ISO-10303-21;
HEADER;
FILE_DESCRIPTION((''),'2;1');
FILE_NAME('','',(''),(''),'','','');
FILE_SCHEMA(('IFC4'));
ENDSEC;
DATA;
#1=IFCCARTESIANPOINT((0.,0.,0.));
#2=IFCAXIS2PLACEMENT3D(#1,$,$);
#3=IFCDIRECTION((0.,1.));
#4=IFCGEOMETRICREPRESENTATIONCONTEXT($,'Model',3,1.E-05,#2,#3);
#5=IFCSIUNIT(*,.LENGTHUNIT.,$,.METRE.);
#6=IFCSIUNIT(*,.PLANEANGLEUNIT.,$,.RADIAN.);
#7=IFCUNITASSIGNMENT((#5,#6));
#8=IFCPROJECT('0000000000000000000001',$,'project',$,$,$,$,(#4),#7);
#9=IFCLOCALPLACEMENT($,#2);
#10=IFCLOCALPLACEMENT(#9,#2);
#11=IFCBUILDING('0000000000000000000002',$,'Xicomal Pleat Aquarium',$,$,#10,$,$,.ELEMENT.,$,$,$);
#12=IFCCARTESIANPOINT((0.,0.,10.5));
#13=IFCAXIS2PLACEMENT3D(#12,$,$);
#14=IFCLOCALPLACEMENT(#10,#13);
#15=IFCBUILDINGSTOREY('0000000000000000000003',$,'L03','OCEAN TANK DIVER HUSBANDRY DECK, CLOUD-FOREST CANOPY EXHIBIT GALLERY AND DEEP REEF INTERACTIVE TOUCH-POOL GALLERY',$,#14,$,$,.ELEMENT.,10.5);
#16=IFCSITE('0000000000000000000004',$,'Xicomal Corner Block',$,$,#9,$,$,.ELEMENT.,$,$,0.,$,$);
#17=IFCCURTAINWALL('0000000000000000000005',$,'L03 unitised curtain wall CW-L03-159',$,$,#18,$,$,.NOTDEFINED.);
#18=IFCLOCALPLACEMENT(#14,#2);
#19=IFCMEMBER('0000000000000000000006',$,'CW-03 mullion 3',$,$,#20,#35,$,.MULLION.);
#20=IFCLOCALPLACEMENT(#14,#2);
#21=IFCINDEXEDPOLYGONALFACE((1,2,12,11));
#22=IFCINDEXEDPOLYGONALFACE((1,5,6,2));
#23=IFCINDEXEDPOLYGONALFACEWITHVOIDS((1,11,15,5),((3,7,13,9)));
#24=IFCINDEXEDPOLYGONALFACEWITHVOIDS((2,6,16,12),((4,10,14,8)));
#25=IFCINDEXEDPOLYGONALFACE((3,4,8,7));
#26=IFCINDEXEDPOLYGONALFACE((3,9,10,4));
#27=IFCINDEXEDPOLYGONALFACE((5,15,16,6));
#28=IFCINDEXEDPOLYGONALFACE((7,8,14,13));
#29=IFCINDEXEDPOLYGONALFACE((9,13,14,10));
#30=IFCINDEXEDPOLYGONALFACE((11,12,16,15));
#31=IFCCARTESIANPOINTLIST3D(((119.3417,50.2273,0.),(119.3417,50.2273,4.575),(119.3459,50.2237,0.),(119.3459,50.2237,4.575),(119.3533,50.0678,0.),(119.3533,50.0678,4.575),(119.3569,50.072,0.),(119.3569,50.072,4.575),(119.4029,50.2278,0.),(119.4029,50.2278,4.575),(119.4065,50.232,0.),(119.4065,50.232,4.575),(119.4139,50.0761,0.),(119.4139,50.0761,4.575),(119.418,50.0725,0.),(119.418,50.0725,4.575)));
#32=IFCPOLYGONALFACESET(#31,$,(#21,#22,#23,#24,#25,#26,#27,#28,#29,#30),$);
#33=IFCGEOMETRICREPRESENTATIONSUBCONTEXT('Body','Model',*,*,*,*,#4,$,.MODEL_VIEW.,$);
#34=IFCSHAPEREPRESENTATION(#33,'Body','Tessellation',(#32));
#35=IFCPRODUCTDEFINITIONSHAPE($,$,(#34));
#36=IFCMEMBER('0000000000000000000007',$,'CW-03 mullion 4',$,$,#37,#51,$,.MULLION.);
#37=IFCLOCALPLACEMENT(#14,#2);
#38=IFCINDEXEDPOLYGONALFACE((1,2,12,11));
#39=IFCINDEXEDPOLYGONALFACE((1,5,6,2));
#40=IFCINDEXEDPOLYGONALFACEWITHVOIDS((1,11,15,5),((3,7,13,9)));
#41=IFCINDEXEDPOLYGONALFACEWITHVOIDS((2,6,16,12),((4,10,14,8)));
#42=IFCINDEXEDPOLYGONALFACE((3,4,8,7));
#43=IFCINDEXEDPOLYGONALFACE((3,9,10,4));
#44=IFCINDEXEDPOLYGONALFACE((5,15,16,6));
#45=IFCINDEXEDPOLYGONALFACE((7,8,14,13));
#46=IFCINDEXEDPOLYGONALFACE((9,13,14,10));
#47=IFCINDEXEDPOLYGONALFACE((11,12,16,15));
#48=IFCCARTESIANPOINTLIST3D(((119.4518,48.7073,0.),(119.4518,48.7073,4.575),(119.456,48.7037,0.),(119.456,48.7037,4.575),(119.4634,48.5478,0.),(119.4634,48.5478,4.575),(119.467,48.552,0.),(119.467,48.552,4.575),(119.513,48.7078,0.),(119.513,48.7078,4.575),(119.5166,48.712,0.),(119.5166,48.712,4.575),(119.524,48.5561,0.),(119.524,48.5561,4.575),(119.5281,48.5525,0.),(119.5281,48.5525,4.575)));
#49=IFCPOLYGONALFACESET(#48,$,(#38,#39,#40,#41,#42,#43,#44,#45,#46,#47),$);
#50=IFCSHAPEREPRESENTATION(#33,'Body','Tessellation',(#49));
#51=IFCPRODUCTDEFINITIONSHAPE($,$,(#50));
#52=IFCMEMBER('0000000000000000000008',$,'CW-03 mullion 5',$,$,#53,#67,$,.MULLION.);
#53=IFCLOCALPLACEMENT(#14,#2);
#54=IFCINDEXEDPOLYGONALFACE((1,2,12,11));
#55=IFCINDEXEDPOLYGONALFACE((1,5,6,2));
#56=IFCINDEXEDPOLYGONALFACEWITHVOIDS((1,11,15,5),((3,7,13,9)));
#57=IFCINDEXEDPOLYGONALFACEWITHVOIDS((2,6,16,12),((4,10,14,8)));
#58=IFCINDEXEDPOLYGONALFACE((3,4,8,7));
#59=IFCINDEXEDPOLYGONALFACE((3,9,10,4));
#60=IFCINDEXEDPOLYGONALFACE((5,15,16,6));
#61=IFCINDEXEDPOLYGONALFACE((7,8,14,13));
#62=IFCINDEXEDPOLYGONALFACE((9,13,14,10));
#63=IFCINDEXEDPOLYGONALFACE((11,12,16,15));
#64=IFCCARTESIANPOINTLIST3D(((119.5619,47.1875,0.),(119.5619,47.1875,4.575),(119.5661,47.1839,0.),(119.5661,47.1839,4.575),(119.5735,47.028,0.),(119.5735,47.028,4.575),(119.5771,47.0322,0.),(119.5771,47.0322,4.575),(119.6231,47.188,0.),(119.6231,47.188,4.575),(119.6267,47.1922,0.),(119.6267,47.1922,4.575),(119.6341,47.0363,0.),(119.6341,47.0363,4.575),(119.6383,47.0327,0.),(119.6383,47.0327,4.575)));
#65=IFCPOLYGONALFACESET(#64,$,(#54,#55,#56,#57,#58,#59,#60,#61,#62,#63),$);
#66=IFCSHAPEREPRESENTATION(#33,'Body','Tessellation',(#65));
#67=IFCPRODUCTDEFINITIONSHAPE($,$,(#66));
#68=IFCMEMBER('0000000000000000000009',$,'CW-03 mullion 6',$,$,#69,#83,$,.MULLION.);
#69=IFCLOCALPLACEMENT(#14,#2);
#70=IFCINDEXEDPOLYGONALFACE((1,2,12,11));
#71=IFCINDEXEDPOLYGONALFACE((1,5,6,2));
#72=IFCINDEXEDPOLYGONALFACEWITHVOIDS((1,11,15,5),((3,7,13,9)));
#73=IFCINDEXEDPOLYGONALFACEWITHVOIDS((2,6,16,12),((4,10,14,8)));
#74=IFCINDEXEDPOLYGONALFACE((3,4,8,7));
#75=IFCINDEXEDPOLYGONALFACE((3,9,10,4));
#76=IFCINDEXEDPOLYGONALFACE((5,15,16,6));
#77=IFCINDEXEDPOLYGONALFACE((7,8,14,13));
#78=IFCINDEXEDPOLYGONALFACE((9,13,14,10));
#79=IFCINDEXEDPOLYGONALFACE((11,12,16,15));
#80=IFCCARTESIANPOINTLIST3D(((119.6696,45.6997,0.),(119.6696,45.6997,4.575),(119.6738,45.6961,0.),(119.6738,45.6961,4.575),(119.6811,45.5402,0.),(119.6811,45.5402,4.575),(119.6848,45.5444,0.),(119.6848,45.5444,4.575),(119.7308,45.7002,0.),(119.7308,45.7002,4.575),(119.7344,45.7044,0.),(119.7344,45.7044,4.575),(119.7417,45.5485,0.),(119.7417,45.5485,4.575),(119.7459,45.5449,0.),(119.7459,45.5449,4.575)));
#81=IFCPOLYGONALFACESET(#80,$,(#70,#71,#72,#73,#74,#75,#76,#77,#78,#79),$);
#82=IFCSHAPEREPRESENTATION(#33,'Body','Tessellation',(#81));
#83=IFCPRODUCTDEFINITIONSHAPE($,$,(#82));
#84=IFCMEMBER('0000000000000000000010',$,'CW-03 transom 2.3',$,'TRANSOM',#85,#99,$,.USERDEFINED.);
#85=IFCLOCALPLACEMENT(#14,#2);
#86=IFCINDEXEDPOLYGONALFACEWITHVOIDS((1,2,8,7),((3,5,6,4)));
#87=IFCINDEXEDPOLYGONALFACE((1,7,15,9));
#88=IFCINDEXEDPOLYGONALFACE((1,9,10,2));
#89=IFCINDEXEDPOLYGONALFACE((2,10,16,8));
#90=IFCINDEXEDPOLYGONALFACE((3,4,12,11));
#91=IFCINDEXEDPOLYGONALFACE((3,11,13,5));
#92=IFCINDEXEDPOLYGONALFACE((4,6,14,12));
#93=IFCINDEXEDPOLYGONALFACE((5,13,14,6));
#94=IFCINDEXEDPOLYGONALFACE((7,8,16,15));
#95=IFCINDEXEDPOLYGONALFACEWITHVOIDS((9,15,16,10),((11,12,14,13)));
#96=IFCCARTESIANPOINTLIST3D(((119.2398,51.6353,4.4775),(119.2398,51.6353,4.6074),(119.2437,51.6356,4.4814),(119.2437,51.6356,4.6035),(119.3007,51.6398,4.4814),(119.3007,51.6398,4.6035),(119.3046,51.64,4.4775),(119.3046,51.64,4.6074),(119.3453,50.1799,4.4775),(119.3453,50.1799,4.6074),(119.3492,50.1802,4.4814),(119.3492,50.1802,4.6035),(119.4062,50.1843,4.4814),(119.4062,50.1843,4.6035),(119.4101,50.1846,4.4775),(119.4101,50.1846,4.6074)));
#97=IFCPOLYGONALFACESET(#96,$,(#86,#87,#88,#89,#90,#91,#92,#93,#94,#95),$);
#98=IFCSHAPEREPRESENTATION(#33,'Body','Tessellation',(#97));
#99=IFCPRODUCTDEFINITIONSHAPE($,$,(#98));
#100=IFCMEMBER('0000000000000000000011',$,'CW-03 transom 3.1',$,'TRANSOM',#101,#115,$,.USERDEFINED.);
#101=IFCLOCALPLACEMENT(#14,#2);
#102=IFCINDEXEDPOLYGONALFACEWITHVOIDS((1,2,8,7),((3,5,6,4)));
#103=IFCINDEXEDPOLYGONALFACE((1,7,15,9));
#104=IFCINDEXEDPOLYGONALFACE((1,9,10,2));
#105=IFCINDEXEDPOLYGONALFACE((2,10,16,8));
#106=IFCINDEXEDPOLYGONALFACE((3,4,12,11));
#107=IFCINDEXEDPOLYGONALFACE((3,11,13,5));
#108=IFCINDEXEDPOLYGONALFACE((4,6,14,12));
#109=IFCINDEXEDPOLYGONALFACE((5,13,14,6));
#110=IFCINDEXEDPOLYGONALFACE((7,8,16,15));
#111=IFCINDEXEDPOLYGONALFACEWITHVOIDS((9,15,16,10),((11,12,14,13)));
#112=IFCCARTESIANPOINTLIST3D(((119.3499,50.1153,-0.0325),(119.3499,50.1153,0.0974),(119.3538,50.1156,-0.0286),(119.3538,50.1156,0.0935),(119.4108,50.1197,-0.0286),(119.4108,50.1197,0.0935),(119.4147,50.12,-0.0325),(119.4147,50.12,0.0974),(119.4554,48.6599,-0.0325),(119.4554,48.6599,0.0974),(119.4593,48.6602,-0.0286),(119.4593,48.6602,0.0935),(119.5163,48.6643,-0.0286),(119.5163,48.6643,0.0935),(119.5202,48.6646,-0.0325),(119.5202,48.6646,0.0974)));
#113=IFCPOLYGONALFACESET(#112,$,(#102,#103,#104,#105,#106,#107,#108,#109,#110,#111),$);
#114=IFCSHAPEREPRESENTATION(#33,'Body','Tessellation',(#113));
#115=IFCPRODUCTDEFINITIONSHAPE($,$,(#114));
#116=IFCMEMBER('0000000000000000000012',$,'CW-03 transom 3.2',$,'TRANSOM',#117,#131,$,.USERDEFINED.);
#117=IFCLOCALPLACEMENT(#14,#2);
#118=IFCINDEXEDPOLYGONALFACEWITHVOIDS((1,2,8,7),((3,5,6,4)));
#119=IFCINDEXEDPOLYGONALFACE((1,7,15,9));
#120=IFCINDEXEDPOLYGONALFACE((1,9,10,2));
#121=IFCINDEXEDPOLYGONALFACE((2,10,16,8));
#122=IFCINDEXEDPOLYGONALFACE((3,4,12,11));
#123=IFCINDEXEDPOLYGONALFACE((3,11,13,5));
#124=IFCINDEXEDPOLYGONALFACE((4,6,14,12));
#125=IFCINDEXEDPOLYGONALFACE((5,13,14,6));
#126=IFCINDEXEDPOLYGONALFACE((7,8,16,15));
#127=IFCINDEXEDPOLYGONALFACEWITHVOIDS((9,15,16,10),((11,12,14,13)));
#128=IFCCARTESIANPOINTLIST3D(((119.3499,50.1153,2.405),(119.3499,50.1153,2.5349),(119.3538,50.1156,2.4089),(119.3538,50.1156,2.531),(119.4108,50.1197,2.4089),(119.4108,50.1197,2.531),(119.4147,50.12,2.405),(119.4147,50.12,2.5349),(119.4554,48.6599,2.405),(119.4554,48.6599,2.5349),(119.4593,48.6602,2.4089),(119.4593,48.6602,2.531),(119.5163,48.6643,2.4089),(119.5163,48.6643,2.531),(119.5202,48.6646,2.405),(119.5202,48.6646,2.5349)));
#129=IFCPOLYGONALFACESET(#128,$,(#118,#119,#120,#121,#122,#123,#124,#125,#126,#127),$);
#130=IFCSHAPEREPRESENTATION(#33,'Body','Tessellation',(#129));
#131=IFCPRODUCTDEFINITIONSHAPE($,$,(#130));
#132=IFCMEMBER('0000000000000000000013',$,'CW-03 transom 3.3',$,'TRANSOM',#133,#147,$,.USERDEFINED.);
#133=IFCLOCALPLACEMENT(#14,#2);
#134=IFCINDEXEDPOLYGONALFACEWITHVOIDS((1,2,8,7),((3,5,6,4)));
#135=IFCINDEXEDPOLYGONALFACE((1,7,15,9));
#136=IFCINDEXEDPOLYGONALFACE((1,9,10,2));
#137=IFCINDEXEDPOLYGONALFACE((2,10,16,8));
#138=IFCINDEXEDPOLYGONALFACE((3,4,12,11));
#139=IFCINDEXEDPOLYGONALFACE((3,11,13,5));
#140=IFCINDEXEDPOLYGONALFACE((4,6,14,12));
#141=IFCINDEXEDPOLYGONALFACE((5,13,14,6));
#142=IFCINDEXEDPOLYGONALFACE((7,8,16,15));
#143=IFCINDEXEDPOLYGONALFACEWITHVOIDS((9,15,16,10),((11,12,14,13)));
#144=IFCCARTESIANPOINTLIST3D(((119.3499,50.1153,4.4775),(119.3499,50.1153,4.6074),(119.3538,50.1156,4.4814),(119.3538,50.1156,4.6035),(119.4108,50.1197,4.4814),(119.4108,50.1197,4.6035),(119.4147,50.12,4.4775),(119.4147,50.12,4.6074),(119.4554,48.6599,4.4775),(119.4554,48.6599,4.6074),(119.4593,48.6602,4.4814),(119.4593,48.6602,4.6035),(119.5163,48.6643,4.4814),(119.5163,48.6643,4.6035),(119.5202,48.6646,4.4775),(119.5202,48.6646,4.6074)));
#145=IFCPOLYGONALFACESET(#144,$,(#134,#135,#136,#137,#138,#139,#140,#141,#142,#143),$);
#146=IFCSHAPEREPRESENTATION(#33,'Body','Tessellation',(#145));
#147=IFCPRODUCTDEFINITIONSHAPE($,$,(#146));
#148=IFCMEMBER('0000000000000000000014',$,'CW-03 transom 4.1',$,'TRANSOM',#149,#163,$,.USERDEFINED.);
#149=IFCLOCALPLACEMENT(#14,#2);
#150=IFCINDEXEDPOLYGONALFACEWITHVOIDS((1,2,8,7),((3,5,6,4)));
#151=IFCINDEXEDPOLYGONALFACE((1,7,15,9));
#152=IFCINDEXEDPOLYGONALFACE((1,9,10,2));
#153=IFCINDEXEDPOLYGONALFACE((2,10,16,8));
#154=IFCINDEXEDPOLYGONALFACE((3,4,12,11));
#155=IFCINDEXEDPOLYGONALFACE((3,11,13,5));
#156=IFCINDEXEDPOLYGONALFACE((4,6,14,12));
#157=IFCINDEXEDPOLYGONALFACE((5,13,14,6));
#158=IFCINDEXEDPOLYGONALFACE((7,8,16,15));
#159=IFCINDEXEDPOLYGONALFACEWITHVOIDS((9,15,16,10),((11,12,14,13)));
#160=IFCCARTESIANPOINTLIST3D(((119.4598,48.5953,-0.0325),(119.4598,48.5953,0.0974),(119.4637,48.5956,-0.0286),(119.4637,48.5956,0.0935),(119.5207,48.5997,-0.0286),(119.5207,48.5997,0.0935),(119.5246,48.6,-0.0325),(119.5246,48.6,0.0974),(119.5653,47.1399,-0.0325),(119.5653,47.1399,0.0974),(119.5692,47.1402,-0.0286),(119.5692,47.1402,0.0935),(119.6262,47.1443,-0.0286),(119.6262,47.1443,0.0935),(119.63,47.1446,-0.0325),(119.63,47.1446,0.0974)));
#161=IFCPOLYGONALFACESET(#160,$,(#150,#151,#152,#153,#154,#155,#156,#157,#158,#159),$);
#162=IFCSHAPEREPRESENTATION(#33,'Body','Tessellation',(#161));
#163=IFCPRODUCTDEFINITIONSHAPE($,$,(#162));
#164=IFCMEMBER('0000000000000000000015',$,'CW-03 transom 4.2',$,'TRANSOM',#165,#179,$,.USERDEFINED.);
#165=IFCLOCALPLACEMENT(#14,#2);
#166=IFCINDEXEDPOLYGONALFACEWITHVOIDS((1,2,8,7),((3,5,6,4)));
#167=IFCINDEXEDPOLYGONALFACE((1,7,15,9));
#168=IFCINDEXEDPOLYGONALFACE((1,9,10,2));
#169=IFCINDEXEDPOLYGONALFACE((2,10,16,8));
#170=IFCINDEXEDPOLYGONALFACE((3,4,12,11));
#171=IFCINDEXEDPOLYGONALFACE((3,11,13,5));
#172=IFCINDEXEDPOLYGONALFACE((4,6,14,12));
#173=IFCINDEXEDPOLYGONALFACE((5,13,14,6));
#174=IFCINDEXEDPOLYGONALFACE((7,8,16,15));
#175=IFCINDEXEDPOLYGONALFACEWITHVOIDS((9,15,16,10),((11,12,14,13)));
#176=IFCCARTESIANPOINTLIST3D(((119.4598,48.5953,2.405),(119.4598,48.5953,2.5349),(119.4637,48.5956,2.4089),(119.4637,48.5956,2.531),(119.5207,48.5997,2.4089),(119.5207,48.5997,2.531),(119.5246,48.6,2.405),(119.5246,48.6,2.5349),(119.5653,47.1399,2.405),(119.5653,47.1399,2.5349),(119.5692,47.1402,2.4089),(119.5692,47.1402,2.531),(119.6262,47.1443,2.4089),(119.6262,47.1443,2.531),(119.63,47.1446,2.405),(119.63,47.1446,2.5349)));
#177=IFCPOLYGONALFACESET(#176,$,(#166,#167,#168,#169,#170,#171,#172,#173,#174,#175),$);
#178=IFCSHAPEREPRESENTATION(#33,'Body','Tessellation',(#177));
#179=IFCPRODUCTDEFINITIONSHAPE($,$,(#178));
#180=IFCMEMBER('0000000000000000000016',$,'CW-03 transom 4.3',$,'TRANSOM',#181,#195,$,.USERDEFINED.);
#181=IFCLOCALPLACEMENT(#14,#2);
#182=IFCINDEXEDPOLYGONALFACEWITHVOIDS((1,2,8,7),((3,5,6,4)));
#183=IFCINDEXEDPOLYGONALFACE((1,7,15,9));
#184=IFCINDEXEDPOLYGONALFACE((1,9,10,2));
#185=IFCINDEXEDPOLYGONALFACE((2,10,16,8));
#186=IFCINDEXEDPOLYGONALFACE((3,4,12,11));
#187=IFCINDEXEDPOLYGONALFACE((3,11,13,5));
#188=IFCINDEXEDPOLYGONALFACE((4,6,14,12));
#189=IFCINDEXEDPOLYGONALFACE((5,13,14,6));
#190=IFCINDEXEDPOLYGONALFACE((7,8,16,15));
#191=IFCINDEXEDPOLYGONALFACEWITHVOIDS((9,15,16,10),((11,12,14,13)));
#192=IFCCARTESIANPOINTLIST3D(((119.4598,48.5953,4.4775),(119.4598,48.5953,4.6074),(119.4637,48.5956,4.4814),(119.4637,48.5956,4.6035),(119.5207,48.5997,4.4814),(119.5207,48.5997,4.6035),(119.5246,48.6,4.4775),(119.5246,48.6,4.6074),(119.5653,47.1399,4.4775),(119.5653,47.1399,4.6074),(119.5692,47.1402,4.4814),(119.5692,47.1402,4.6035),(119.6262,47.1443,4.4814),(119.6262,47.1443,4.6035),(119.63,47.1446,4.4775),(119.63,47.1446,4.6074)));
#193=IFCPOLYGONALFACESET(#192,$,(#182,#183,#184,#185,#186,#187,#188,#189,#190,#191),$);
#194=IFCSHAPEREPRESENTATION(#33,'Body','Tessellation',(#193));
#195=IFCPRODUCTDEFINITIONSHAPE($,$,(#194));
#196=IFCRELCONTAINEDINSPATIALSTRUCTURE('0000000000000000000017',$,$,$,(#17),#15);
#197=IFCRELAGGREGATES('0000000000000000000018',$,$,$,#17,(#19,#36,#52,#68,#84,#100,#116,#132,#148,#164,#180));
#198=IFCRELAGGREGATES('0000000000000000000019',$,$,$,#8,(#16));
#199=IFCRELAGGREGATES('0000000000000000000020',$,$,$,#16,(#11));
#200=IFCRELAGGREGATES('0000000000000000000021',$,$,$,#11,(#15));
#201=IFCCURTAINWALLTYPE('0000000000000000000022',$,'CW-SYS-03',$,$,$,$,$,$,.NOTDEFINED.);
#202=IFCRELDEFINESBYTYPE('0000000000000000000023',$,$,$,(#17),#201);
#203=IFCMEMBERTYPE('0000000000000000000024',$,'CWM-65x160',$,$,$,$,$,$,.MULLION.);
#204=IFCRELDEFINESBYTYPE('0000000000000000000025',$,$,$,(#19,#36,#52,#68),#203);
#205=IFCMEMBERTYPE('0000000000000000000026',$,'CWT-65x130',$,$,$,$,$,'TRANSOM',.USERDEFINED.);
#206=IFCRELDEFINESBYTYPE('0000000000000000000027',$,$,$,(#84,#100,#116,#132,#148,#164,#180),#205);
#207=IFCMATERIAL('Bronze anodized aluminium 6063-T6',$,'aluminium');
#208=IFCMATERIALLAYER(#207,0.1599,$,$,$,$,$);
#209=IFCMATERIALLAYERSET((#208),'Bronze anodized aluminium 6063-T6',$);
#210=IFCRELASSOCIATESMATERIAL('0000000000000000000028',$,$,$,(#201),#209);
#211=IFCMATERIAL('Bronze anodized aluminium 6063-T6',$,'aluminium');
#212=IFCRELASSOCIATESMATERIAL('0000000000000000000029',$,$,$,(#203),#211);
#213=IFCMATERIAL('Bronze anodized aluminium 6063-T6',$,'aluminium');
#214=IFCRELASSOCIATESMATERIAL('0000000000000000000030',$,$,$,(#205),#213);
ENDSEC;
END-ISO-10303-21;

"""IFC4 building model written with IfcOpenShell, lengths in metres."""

from ifc_helpers import new_model, si_unit, direction, frame, origin, origin_2d, place, context, subcontext, project, spatial, hollow_rectangle, extrude, material, layer, layer_set, material_profile, profile_set, type_object, element, aggregate, save


model = new_model("IFC4")

# Units and contexts
model_context = context("Model", 3, precision=1e-05, world=origin(), true_north=direction((0.0, 1.0)))
body_context = subcontext(model_context, "Body", "Model", "MODEL_VIEW")
ifc_project = project(units=[si_unit("LENGTHUNIT", "METRE"), si_unit("PLANEANGLEUNIT", "RADIAN")], contexts=[model_context])

# Site, building, storey
site_placement = place(None, origin())
site = spatial("IfcSite", under=ifc_project, at=site_placement, Name="Xicomal Corner Block", CompositionType="ELEMENT", RefElevation=0.0)
building_placement = place(site_placement, origin())
building = spatial("IfcBuilding", under=site, at=building_placement, Name="Xicomal Pleat Aquarium", CompositionType="ELEMENT")
storey_placement = place(building_placement, frame((0.0, 0.0, 10.5)))
storey = spatial("IfcBuildingStorey", under=building, at=storey_placement, Name="L03", Description="OCEAN TANK DIVER HUSBANDRY DECK, CLOUD-FOREST CANOPY EXHIBIT GALLERY AND DEEP REEF INTERACTIVE TOUCH-POOL GALLERY", CompositionType="ELEMENT", Elevation=10.5)

# Curtain wall, members
ifc_material_1 = material(Name="Bronze anodized aluminium 6063-T6", Category="aluminium")
ifc_layer_1 = layer(ifc_material_1, 0.1599)
ifc_layer_set_1 = layer_set([ifc_layer_1], Name="Bronze anodized aluminium 6063-T6")
curtain_wall_type = type_object("IfcCurtainWallType", Name="CW-SYS-03", PredefinedType="NOTDEFINED", material=ifc_layer_set_1)
curtain_wall_placement = place(storey_placement, origin())
curtain_wall = element("IfcCurtainWall", 1, at=curtain_wall_placement, inside=storey, type_object=curtain_wall_type, Name="L03 unitised curtain wall CW-L03-159", PredefinedType="NOTDEFINED")
ifc_material_2 = material(Name="Bronze anodized aluminium 6063-T6", Category="aluminium")
ifc_material_profile_1 = material_profile(ifc_material_2, hollow_rectangle(XDim=0.0649, YDim=0.1599, WallThickness=0.0039, at=origin_2d()), Name="ALU MULL 65x160")
ifc_profile_set_1 = profile_set([ifc_material_profile_1], Name="Bronze anodized aluminium 6063-T6")
member_type_1 = type_object("IfcMemberType", Name="CWM-65x160", PredefinedType="MULLION", material=ifc_profile_set_1)
member_1_placement = place(storey_placement, frame((119.3799, 50.1499, 0.0), z_axis=(0.0, 0.0, 1.0), x_axis=(0.997392, 0.07218, 0.0)))
member_1 = element("IfcMember", 2, at=member_1_placement, type_object=member_type_1, Name="CW-03 mullion 3", PredefinedType="MULLION", context=body_context, shape_type="SweptSolid", body=[
    extrude(hollow_rectangle(XDim=0.0649, YDim=0.1599, WallThickness=0.0039, at=origin_2d()), origin(), (0.0, 0.0, 1.0), 4.575),
])
member_2_placement = place(storey_placement, frame((119.49, 48.6299, 0.0), z_axis=(0.0, 0.0, 1.0), x_axis=(0.997392, 0.07218, 0.0)))
member_2 = element("IfcMember", 3, at=member_2_placement, type_object=member_type_1, Name="CW-03 mullion 4", PredefinedType="MULLION", context=body_context, shape_type="SweptSolid", body=[
    extrude(hollow_rectangle(XDim=0.0649, YDim=0.1599, WallThickness=0.0039, at=origin_2d()), origin(), (0.0, 0.0, 1.0), 4.575),
])
member_3_placement = place(storey_placement, frame((119.6001, 47.1101, 0.0), z_axis=(0.0, 0.0, 1.0), x_axis=(0.997392, 0.07218, 0.0)))
member_3 = element("IfcMember", 4, at=member_3_placement, type_object=member_type_1, Name="CW-03 mullion 5", PredefinedType="MULLION", context=body_context, shape_type="SweptSolid", body=[
    extrude(hollow_rectangle(XDim=0.0649, YDim=0.1599, WallThickness=0.0039, at=origin_2d()), origin(), (0.0, 0.0, 1.0), 4.575),
])
member_4_placement = place(storey_placement, frame((119.7078, 45.6223, 0.0), z_axis=(0.0, 0.0, 1.0), x_axis=(0.997392, 0.07218, 0.0)))
member_4 = element("IfcMember", 5, at=member_4_placement, type_object=member_type_1, Name="CW-03 mullion 6", PredefinedType="MULLION", context=body_context, shape_type="SweptSolid", body=[
    extrude(hollow_rectangle(XDim=0.0649, YDim=0.1599, WallThickness=0.0039, at=origin_2d()), origin(), (0.0, 0.0, 1.0), 4.575),
])
ifc_material_3 = material(Name="Bronze anodized aluminium 6063-T6", Category="aluminium")
ifc_material_profile_2 = material_profile(ifc_material_3, hollow_rectangle(XDim=0.0649, YDim=0.1299, WallThickness=0.0039, at=origin_2d()), Name="ALU TRAN 65x130")
ifc_profile_set_2 = profile_set([ifc_material_profile_2], Name="Bronze anodized aluminium 6063-T6")
member_type_2 = type_object("IfcMemberType", Name="CWT-65x130", ElementType="TRANSOM", PredefinedType="USERDEFINED", material=ifc_profile_set_2)
member_5_placement = place(storey_placement, frame((119.2722, 51.6377, 4.5425), z_axis=(0.072281, -0.997384, 0.0), x_axis=(0.997384, 0.072281, 0.0)))
member_5 = element("IfcMember", 6, at=member_5_placement, type_object=member_type_2, Name="CW-03 transom 2.3", ObjectType="TRANSOM", PredefinedType="USERDEFINED", context=body_context, shape_type="SweptSolid", body=[
    extrude(hollow_rectangle(XDim=0.0649, YDim=0.1299, WallThickness=0.0039, at=origin_2d()), origin(), (0.0, 0.0, 1.0), 1.4592),
])
member_6_placement = place(storey_placement, frame((119.3823, 50.1177, 0.0325), z_axis=(0.072281, -0.997384, 0.0), x_axis=(0.997384, 0.072281, 0.0)))
member_6 = element("IfcMember", 7, at=member_6_placement, type_object=member_type_2, Name="CW-03 transom 3.1", ObjectType="TRANSOM", PredefinedType="USERDEFINED", context=body_context, shape_type="SweptSolid", body=[
    extrude(hollow_rectangle(XDim=0.0649, YDim=0.1299, WallThickness=0.0039, at=origin_2d()), origin(), (0.0, 0.0, 1.0), 1.4592),
])
member_7_placement = place(storey_placement, frame((119.3823, 50.1177, 2.47), z_axis=(0.072281, -0.997384, 0.0), x_axis=(0.997384, 0.072281, 0.0)))
member_7 = element("IfcMember", 8, at=member_7_placement, type_object=member_type_2, Name="CW-03 transom 3.2", ObjectType="TRANSOM", PredefinedType="USERDEFINED", context=body_context, shape_type="SweptSolid", body=[
    extrude(hollow_rectangle(XDim=0.0649, YDim=0.1299, WallThickness=0.0039, at=origin_2d()), origin(), (0.0, 0.0, 1.0), 1.4592),
])
member_8_placement = place(storey_placement, frame((119.3823, 50.1177, 4.5425), z_axis=(0.072281, -0.997384, 0.0), x_axis=(0.997384, 0.072281, 0.0)))
member_8 = element("IfcMember", 9, at=member_8_placement, type_object=member_type_2, Name="CW-03 transom 3.3", ObjectType="TRANSOM", PredefinedType="USERDEFINED", context=body_context, shape_type="SweptSolid", body=[
    extrude(hollow_rectangle(XDim=0.0649, YDim=0.1299, WallThickness=0.0039, at=origin_2d()), origin(), (0.0, 0.0, 1.0), 1.4592),
])
member_9_placement = place(storey_placement, frame((119.4922, 48.5977, 0.0325), z_axis=(0.072281, -0.997384, 0.0), x_axis=(0.997384, 0.072281, 0.0)))
member_9 = element("IfcMember", 10, at=member_9_placement, type_object=member_type_2, Name="CW-03 transom 4.1", ObjectType="TRANSOM", PredefinedType="USERDEFINED", context=body_context, shape_type="SweptSolid", body=[
    extrude(hollow_rectangle(XDim=0.0649, YDim=0.1299, WallThickness=0.0039, at=origin_2d()), origin(), (0.0, 0.0, 1.0), 1.4592),
])
member_10_placement = place(storey_placement, frame((119.4922, 48.5977, 2.47), z_axis=(0.072281, -0.997384, 0.0), x_axis=(0.997384, 0.072281, 0.0)))
member_10 = element("IfcMember", 11, at=member_10_placement, type_object=member_type_2, Name="CW-03 transom 4.2", ObjectType="TRANSOM", PredefinedType="USERDEFINED", context=body_context, shape_type="SweptSolid", body=[
    extrude(hollow_rectangle(XDim=0.0649, YDim=0.1299, WallThickness=0.0039, at=origin_2d()), origin(), (0.0, 0.0, 1.0), 1.4592),
])
member_11_placement = place(storey_placement, frame((119.4922, 48.5977, 4.5425), z_axis=(0.072281, -0.997384, 0.0), x_axis=(0.997384, 0.072281, 0.0)))
member_11 = element("IfcMember", 12, at=member_11_placement, type_object=member_type_2, Name="CW-03 transom 4.3", ObjectType="TRANSOM", PredefinedType="USERDEFINED", context=body_context, shape_type="SweptSolid", body=[
    extrude(hollow_rectangle(XDim=0.0649, YDim=0.1299, WallThickness=0.0039, at=origin_2d()), origin(), (0.0, 0.0, 1.0), 1.4592),
])
aggregate(curtain_wall, [member_1, member_2, member_3, member_4, member_5, member_6, member_7, member_8, member_9, member_10, member_11])

save(model, "model.ifc")
